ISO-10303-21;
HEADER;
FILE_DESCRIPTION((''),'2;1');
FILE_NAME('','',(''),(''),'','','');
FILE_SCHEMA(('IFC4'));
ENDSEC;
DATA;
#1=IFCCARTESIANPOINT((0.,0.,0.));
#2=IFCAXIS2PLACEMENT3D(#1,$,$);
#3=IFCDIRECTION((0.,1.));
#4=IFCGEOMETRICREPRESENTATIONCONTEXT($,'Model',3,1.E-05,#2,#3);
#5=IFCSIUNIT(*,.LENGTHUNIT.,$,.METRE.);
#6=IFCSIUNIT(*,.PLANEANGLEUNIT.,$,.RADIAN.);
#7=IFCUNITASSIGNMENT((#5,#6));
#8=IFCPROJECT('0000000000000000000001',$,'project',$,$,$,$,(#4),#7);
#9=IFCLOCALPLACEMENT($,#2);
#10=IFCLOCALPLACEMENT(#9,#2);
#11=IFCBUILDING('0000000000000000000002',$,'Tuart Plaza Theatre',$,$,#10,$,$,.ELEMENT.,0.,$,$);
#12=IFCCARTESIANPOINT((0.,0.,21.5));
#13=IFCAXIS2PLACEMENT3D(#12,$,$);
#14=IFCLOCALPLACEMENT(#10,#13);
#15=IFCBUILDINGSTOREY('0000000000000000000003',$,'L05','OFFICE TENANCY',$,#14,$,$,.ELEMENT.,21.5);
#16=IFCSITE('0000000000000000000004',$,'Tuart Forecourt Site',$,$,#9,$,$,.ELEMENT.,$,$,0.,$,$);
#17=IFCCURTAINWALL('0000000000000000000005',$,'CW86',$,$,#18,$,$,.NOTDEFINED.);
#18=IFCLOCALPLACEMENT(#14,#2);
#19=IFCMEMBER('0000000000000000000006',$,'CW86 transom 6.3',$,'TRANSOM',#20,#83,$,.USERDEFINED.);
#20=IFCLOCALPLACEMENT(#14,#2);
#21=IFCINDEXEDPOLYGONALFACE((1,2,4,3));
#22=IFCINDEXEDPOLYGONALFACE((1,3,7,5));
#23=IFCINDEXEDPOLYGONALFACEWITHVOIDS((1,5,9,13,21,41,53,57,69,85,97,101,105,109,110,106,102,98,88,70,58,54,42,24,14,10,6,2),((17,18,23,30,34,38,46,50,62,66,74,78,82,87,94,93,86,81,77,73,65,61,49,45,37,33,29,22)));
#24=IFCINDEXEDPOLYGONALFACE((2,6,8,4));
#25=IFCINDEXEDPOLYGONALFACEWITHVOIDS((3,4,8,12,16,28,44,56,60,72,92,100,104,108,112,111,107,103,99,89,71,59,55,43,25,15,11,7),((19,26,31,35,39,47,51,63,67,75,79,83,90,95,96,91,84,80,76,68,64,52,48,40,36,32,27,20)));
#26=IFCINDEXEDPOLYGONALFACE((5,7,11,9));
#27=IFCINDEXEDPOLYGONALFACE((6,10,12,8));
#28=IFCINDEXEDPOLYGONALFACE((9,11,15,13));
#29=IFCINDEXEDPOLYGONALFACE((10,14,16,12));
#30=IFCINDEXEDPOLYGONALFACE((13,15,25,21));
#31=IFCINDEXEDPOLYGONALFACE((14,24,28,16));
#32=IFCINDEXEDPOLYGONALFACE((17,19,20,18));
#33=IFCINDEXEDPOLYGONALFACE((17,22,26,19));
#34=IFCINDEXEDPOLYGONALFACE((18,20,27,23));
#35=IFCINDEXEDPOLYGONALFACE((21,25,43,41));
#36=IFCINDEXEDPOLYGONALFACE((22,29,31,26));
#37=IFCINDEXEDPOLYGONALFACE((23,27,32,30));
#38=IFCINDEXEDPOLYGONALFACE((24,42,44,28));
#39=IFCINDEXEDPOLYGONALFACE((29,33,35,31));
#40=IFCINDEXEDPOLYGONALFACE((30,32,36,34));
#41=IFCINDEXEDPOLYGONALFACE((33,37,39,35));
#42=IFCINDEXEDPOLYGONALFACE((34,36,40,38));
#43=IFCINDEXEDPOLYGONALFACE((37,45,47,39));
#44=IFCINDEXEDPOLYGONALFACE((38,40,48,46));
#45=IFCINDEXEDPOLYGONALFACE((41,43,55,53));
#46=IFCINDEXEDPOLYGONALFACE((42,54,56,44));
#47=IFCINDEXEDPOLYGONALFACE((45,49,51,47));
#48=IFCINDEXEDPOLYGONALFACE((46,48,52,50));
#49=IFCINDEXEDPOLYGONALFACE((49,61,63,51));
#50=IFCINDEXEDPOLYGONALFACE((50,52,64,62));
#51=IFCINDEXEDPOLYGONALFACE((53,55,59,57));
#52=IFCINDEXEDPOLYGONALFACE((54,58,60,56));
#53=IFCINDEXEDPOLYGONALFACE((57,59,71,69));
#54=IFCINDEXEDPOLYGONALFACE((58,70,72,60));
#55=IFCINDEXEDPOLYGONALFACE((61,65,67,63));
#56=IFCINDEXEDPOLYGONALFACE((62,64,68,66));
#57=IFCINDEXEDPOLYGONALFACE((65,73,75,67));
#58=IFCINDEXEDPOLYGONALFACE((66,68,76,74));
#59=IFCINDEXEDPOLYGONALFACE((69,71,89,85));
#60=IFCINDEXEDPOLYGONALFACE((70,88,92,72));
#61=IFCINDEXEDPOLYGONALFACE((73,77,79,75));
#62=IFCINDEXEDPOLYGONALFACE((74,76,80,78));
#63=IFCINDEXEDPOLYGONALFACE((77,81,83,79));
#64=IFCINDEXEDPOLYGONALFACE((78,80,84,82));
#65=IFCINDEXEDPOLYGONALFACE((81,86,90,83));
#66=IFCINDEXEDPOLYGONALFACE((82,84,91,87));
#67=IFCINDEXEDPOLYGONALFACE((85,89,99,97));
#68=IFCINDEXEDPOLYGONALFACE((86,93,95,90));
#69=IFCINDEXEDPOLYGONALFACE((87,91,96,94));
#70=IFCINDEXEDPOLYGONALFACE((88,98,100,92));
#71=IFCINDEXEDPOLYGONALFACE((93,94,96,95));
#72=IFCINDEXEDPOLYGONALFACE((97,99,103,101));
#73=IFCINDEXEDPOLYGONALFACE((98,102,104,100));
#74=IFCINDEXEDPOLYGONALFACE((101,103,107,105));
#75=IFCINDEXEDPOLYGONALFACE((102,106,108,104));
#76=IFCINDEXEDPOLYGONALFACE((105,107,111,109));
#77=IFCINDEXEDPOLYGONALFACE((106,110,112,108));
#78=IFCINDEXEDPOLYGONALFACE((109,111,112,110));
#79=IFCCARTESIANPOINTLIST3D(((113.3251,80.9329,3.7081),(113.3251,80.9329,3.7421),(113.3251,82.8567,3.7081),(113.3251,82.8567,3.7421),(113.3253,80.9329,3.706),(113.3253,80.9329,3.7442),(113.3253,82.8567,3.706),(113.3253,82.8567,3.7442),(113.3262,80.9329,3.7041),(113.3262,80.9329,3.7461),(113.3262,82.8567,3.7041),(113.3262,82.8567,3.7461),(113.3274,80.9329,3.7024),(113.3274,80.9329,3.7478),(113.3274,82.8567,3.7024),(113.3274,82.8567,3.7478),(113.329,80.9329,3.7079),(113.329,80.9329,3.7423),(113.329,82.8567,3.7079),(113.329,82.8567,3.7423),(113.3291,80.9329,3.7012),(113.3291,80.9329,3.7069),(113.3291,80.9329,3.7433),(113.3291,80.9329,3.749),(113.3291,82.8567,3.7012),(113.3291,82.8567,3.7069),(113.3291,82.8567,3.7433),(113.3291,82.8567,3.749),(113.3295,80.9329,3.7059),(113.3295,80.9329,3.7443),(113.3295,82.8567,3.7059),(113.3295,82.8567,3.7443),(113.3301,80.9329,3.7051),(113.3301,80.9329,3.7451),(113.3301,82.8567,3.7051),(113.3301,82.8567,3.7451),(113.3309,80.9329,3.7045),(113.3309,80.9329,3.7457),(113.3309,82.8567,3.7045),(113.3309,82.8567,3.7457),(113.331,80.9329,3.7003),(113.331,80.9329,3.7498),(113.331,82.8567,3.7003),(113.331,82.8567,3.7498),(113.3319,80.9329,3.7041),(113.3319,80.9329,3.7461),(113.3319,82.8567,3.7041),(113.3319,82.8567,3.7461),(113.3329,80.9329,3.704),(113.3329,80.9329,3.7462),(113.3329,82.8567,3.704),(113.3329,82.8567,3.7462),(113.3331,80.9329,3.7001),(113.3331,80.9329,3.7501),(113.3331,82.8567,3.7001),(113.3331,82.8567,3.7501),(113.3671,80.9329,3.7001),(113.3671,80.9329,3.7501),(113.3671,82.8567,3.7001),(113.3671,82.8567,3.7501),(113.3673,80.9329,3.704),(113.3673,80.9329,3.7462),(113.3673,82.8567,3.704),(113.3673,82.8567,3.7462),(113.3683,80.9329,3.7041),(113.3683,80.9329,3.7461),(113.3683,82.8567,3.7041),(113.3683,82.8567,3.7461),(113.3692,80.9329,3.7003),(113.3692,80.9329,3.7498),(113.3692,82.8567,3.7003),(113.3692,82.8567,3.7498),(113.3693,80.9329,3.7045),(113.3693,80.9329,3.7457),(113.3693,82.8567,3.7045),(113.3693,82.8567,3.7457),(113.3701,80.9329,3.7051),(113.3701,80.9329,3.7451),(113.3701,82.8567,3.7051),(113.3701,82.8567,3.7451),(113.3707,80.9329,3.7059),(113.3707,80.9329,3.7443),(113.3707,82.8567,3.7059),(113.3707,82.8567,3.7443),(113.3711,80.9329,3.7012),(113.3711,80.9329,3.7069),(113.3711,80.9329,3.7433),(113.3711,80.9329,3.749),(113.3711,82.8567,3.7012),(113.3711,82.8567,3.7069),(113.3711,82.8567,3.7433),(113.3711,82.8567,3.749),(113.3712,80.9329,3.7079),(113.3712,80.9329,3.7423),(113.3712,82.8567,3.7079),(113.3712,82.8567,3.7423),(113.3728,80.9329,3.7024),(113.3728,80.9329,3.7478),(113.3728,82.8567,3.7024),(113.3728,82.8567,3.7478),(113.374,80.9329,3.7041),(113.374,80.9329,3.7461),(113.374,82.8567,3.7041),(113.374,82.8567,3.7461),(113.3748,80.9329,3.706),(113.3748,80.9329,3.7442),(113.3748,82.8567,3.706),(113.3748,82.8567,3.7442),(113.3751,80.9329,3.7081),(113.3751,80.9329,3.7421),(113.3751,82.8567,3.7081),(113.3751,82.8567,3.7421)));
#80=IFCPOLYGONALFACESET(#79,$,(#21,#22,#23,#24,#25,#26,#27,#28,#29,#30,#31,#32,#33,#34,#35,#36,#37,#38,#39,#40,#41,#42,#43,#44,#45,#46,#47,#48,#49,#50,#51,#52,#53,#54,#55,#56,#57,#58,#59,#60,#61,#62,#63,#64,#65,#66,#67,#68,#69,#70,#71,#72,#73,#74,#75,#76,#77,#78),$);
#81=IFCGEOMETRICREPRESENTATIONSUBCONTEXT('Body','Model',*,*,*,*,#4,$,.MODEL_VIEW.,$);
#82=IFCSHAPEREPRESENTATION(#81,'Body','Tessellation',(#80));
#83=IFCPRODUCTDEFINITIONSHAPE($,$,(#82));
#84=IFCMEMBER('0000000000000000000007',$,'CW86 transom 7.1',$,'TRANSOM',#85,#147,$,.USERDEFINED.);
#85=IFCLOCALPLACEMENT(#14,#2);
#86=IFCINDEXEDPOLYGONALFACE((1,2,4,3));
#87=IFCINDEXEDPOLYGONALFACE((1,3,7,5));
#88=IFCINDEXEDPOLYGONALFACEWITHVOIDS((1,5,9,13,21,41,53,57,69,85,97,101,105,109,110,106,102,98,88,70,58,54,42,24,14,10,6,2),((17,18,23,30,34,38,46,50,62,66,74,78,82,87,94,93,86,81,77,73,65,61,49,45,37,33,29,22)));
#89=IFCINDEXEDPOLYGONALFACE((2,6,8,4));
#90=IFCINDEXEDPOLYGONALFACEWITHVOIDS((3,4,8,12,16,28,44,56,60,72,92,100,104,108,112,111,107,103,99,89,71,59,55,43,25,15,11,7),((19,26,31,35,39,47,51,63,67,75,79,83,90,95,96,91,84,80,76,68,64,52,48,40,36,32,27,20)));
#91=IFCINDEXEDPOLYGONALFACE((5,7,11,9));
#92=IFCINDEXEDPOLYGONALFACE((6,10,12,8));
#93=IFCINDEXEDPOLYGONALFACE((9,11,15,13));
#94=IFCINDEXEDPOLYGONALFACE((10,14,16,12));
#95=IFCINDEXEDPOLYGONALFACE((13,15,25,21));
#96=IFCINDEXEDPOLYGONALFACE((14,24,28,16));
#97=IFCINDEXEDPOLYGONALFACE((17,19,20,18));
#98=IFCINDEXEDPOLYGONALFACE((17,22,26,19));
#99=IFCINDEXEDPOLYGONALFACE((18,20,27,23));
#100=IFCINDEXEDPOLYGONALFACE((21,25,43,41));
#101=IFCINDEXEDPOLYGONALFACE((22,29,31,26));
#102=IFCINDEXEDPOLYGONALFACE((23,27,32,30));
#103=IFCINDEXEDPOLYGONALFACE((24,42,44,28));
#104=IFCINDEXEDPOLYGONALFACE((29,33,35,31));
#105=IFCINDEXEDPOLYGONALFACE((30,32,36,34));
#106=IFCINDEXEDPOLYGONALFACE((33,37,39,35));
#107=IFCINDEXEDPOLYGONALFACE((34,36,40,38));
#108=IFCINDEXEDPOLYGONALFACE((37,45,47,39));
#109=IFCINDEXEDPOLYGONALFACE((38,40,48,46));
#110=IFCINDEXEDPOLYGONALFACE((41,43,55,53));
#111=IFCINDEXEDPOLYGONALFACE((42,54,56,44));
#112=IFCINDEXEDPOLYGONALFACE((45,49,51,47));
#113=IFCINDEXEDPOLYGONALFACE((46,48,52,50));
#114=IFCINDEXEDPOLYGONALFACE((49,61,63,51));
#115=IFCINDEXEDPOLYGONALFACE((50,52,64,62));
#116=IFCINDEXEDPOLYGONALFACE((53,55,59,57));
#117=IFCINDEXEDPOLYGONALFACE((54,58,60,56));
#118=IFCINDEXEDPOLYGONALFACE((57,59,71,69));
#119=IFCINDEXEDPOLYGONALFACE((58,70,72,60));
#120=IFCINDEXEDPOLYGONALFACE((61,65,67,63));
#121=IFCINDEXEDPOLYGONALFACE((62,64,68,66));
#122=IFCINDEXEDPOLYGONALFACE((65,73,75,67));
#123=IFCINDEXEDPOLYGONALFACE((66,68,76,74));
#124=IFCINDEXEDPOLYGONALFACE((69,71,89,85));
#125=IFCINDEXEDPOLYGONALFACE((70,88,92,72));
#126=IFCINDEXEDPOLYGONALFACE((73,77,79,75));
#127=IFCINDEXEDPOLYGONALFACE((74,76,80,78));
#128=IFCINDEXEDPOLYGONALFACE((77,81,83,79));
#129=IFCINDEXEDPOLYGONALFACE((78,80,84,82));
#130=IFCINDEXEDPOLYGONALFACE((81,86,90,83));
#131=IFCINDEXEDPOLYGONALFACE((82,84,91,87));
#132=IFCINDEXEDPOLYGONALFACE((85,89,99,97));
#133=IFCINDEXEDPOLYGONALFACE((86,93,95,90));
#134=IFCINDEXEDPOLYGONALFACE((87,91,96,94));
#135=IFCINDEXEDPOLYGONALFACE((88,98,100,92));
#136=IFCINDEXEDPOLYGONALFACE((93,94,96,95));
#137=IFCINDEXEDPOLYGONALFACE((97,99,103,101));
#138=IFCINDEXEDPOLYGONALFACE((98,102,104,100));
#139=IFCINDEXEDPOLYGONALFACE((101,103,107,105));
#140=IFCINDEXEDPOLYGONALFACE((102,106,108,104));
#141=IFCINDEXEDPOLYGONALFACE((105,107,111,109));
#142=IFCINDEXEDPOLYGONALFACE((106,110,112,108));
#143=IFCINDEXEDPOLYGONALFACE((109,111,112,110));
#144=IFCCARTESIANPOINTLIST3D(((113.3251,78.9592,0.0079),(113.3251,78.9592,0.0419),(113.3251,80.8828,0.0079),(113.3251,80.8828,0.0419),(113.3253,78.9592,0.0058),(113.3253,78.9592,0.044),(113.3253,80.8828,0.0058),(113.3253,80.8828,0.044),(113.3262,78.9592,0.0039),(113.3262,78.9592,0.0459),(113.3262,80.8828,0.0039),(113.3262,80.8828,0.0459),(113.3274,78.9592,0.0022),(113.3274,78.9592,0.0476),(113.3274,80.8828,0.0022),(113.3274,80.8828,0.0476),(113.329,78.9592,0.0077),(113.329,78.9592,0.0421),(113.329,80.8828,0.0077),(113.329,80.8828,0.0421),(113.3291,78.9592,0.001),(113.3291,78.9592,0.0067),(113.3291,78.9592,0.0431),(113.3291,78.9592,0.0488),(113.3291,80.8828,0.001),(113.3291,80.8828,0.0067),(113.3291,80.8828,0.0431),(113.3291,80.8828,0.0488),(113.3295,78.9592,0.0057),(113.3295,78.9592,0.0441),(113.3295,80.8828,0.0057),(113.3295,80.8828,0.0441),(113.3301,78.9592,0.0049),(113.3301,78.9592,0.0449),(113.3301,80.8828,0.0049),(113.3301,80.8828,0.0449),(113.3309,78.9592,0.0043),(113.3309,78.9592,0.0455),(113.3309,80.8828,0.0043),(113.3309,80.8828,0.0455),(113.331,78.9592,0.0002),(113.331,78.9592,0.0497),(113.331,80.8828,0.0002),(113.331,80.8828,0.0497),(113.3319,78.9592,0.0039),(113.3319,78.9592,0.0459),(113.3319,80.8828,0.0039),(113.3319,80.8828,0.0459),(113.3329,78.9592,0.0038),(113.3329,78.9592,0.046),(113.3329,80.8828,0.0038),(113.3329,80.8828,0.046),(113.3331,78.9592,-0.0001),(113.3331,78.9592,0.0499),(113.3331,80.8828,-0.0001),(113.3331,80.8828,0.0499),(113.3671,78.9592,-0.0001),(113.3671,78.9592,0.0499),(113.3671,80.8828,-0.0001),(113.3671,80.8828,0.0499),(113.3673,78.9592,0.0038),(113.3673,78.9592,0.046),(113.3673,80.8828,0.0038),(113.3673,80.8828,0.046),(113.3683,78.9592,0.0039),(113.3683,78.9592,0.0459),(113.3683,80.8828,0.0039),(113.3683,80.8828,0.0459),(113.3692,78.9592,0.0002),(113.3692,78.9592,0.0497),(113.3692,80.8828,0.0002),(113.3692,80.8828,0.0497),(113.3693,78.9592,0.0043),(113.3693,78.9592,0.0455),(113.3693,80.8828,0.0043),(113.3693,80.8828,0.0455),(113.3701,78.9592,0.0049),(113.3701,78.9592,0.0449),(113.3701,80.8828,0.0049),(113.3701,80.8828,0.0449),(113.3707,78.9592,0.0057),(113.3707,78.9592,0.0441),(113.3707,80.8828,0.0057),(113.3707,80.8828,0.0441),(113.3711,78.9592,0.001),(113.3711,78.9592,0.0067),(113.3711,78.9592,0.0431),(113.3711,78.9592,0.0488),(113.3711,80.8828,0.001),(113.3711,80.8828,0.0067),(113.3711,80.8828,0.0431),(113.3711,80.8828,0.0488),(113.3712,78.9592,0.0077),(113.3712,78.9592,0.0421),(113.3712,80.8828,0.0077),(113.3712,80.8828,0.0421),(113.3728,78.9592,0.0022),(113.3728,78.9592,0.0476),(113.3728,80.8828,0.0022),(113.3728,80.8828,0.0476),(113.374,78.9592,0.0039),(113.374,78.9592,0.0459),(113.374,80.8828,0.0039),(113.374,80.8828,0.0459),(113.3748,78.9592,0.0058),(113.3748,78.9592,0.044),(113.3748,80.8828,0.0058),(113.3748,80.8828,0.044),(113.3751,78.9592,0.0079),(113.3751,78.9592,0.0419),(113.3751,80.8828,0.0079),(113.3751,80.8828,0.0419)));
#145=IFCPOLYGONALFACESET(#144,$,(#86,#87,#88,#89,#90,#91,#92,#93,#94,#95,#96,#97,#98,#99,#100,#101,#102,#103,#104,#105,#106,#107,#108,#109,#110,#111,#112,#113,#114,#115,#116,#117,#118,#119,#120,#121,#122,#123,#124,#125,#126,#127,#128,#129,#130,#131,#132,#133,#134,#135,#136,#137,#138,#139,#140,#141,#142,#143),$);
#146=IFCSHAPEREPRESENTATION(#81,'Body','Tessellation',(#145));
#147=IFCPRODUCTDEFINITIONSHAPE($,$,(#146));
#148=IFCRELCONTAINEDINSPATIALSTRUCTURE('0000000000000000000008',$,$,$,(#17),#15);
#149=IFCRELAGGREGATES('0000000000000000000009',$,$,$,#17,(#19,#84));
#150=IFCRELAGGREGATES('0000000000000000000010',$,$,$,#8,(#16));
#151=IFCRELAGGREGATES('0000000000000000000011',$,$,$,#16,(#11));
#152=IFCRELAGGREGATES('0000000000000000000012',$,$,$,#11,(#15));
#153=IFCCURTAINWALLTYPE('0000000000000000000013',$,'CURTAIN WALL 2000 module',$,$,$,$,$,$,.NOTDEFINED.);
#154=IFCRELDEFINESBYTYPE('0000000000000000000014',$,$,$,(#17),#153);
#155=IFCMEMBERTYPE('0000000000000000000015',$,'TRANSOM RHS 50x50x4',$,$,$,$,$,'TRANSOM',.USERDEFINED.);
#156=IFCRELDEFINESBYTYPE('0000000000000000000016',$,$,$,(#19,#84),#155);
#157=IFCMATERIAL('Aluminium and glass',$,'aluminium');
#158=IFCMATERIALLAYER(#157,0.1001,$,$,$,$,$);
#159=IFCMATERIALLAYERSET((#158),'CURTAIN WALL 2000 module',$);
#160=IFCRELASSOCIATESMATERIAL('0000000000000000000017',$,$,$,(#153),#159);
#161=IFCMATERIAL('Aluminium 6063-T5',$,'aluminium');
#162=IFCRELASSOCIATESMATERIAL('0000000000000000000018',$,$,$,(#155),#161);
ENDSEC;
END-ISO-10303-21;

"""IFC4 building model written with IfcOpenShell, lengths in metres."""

from ifc_helpers import new_model, si_unit, direction, frame, origin, origin_2d, place, context, subcontext, project, spatial, hollow_rectangle, extrude, material, layer, layer_set, material_profile, profile_set, type_object, element, aggregate, save


model = new_model("IFC4")

# Units and contexts
model_context = context("Model", 3, precision=1e-05, world=origin(), true_north=direction((0.0, 1.0)))
body_context = subcontext(model_context, "Body", "Model", "MODEL_VIEW")
ifc_project = project(units=[si_unit("LENGTHUNIT", "METRE"), si_unit("PLANEANGLEUNIT", "RADIAN")], contexts=[model_context])

# Site, building, storey
site_placement = place(None, origin())
site = spatial("IfcSite", under=ifc_project, at=site_placement, Name="Tuart Forecourt Site", CompositionType="ELEMENT", RefElevation=0.0)
building_placement = place(site_placement, origin())
building = spatial("IfcBuilding", under=site, at=building_placement, Name="Tuart Plaza Theatre", CompositionType="ELEMENT", ElevationOfRefHeight=0.0)
storey_placement = place(building_placement, frame((0.0, 0.0, 21.5)))
storey = spatial("IfcBuildingStorey", under=building, at=storey_placement, Name="L05", Description="OFFICE TENANCY", CompositionType="ELEMENT", Elevation=21.5)

# Curtain wall, members
ifc_material_1 = material(Name="Aluminium and glass", Category="aluminium")
ifc_layer_1 = layer(ifc_material_1, 0.1001)
ifc_layer_set_1 = layer_set([ifc_layer_1], Name="CURTAIN WALL 2000 module")
curtain_wall_type = type_object("IfcCurtainWallType", Name="CURTAIN WALL 2000 module", PredefinedType="NOTDEFINED", material=ifc_layer_set_1)
curtain_wall_placement = place(storey_placement, origin())
curtain_wall = element("IfcCurtainWall", 1, at=curtain_wall_placement, inside=storey, type_object=curtain_wall_type, Name="CW86", PredefinedType="NOTDEFINED")
ifc_material_2 = material(Name="Aluminium 6063-T5", Category="aluminium")
ifc_material_profile_1 = material_profile(ifc_material_2, hollow_rectangle(XDim=0.05, YDim=0.05, WallThickness=0.0039, InnerFilletRadius=0.0039, OuterFilletRadius=0.0081, at=origin_2d()), Name="RHS 50x50x4")
ifc_profile_set_1 = profile_set([ifc_material_profile_1], Name="Aluminium 6063-T5")
member_type_1 = type_object("IfcMemberType", Name="TRANSOM RHS 50x50x4", ElementType="TRANSOM", PredefinedType="USERDEFINED", material=ifc_profile_set_1)
member_1_placement = place(storey_placement, frame((113.3501, 82.8567, 3.7251), z_axis=(0.0, -1.0, 0.0), x_axis=(1.0, 0.0, 0.0)))
member_1 = element("IfcMember", 2, at=member_1_placement, type_object=member_type_1, Name="CW86 transom 6.3", ObjectType="TRANSOM", PredefinedType="USERDEFINED", context=body_context, shape_type="SweptSolid", body=[
    extrude(hollow_rectangle(XDim=0.05, YDim=0.05, WallThickness=0.0039, InnerFilletRadius=0.0039, OuterFilletRadius=0.0081, at=origin_2d()), origin(), (0.0, 0.0, 1.0), 1.9238),
])
member_2_placement = place(storey_placement, frame((113.3501, 80.8828, 0.0249), z_axis=(0.0, -1.0, 0.0), x_axis=(1.0, 0.0, 0.0)))
member_2 = element("IfcMember", 3, at=member_2_placement, type_object=member_type_1, Name="CW86 transom 7.1", ObjectType="TRANSOM", PredefinedType="USERDEFINED", context=body_context, shape_type="SweptSolid", body=[
    extrude(hollow_rectangle(XDim=0.05, YDim=0.05, WallThickness=0.0039, InnerFilletRadius=0.0039, OuterFilletRadius=0.0081, at=origin_2d()), origin(), (0.0, 0.0, 1.0), 1.9236),
])
aggregate(curtain_wall, [member_1, member_2])

save(model, "model.ifc")
